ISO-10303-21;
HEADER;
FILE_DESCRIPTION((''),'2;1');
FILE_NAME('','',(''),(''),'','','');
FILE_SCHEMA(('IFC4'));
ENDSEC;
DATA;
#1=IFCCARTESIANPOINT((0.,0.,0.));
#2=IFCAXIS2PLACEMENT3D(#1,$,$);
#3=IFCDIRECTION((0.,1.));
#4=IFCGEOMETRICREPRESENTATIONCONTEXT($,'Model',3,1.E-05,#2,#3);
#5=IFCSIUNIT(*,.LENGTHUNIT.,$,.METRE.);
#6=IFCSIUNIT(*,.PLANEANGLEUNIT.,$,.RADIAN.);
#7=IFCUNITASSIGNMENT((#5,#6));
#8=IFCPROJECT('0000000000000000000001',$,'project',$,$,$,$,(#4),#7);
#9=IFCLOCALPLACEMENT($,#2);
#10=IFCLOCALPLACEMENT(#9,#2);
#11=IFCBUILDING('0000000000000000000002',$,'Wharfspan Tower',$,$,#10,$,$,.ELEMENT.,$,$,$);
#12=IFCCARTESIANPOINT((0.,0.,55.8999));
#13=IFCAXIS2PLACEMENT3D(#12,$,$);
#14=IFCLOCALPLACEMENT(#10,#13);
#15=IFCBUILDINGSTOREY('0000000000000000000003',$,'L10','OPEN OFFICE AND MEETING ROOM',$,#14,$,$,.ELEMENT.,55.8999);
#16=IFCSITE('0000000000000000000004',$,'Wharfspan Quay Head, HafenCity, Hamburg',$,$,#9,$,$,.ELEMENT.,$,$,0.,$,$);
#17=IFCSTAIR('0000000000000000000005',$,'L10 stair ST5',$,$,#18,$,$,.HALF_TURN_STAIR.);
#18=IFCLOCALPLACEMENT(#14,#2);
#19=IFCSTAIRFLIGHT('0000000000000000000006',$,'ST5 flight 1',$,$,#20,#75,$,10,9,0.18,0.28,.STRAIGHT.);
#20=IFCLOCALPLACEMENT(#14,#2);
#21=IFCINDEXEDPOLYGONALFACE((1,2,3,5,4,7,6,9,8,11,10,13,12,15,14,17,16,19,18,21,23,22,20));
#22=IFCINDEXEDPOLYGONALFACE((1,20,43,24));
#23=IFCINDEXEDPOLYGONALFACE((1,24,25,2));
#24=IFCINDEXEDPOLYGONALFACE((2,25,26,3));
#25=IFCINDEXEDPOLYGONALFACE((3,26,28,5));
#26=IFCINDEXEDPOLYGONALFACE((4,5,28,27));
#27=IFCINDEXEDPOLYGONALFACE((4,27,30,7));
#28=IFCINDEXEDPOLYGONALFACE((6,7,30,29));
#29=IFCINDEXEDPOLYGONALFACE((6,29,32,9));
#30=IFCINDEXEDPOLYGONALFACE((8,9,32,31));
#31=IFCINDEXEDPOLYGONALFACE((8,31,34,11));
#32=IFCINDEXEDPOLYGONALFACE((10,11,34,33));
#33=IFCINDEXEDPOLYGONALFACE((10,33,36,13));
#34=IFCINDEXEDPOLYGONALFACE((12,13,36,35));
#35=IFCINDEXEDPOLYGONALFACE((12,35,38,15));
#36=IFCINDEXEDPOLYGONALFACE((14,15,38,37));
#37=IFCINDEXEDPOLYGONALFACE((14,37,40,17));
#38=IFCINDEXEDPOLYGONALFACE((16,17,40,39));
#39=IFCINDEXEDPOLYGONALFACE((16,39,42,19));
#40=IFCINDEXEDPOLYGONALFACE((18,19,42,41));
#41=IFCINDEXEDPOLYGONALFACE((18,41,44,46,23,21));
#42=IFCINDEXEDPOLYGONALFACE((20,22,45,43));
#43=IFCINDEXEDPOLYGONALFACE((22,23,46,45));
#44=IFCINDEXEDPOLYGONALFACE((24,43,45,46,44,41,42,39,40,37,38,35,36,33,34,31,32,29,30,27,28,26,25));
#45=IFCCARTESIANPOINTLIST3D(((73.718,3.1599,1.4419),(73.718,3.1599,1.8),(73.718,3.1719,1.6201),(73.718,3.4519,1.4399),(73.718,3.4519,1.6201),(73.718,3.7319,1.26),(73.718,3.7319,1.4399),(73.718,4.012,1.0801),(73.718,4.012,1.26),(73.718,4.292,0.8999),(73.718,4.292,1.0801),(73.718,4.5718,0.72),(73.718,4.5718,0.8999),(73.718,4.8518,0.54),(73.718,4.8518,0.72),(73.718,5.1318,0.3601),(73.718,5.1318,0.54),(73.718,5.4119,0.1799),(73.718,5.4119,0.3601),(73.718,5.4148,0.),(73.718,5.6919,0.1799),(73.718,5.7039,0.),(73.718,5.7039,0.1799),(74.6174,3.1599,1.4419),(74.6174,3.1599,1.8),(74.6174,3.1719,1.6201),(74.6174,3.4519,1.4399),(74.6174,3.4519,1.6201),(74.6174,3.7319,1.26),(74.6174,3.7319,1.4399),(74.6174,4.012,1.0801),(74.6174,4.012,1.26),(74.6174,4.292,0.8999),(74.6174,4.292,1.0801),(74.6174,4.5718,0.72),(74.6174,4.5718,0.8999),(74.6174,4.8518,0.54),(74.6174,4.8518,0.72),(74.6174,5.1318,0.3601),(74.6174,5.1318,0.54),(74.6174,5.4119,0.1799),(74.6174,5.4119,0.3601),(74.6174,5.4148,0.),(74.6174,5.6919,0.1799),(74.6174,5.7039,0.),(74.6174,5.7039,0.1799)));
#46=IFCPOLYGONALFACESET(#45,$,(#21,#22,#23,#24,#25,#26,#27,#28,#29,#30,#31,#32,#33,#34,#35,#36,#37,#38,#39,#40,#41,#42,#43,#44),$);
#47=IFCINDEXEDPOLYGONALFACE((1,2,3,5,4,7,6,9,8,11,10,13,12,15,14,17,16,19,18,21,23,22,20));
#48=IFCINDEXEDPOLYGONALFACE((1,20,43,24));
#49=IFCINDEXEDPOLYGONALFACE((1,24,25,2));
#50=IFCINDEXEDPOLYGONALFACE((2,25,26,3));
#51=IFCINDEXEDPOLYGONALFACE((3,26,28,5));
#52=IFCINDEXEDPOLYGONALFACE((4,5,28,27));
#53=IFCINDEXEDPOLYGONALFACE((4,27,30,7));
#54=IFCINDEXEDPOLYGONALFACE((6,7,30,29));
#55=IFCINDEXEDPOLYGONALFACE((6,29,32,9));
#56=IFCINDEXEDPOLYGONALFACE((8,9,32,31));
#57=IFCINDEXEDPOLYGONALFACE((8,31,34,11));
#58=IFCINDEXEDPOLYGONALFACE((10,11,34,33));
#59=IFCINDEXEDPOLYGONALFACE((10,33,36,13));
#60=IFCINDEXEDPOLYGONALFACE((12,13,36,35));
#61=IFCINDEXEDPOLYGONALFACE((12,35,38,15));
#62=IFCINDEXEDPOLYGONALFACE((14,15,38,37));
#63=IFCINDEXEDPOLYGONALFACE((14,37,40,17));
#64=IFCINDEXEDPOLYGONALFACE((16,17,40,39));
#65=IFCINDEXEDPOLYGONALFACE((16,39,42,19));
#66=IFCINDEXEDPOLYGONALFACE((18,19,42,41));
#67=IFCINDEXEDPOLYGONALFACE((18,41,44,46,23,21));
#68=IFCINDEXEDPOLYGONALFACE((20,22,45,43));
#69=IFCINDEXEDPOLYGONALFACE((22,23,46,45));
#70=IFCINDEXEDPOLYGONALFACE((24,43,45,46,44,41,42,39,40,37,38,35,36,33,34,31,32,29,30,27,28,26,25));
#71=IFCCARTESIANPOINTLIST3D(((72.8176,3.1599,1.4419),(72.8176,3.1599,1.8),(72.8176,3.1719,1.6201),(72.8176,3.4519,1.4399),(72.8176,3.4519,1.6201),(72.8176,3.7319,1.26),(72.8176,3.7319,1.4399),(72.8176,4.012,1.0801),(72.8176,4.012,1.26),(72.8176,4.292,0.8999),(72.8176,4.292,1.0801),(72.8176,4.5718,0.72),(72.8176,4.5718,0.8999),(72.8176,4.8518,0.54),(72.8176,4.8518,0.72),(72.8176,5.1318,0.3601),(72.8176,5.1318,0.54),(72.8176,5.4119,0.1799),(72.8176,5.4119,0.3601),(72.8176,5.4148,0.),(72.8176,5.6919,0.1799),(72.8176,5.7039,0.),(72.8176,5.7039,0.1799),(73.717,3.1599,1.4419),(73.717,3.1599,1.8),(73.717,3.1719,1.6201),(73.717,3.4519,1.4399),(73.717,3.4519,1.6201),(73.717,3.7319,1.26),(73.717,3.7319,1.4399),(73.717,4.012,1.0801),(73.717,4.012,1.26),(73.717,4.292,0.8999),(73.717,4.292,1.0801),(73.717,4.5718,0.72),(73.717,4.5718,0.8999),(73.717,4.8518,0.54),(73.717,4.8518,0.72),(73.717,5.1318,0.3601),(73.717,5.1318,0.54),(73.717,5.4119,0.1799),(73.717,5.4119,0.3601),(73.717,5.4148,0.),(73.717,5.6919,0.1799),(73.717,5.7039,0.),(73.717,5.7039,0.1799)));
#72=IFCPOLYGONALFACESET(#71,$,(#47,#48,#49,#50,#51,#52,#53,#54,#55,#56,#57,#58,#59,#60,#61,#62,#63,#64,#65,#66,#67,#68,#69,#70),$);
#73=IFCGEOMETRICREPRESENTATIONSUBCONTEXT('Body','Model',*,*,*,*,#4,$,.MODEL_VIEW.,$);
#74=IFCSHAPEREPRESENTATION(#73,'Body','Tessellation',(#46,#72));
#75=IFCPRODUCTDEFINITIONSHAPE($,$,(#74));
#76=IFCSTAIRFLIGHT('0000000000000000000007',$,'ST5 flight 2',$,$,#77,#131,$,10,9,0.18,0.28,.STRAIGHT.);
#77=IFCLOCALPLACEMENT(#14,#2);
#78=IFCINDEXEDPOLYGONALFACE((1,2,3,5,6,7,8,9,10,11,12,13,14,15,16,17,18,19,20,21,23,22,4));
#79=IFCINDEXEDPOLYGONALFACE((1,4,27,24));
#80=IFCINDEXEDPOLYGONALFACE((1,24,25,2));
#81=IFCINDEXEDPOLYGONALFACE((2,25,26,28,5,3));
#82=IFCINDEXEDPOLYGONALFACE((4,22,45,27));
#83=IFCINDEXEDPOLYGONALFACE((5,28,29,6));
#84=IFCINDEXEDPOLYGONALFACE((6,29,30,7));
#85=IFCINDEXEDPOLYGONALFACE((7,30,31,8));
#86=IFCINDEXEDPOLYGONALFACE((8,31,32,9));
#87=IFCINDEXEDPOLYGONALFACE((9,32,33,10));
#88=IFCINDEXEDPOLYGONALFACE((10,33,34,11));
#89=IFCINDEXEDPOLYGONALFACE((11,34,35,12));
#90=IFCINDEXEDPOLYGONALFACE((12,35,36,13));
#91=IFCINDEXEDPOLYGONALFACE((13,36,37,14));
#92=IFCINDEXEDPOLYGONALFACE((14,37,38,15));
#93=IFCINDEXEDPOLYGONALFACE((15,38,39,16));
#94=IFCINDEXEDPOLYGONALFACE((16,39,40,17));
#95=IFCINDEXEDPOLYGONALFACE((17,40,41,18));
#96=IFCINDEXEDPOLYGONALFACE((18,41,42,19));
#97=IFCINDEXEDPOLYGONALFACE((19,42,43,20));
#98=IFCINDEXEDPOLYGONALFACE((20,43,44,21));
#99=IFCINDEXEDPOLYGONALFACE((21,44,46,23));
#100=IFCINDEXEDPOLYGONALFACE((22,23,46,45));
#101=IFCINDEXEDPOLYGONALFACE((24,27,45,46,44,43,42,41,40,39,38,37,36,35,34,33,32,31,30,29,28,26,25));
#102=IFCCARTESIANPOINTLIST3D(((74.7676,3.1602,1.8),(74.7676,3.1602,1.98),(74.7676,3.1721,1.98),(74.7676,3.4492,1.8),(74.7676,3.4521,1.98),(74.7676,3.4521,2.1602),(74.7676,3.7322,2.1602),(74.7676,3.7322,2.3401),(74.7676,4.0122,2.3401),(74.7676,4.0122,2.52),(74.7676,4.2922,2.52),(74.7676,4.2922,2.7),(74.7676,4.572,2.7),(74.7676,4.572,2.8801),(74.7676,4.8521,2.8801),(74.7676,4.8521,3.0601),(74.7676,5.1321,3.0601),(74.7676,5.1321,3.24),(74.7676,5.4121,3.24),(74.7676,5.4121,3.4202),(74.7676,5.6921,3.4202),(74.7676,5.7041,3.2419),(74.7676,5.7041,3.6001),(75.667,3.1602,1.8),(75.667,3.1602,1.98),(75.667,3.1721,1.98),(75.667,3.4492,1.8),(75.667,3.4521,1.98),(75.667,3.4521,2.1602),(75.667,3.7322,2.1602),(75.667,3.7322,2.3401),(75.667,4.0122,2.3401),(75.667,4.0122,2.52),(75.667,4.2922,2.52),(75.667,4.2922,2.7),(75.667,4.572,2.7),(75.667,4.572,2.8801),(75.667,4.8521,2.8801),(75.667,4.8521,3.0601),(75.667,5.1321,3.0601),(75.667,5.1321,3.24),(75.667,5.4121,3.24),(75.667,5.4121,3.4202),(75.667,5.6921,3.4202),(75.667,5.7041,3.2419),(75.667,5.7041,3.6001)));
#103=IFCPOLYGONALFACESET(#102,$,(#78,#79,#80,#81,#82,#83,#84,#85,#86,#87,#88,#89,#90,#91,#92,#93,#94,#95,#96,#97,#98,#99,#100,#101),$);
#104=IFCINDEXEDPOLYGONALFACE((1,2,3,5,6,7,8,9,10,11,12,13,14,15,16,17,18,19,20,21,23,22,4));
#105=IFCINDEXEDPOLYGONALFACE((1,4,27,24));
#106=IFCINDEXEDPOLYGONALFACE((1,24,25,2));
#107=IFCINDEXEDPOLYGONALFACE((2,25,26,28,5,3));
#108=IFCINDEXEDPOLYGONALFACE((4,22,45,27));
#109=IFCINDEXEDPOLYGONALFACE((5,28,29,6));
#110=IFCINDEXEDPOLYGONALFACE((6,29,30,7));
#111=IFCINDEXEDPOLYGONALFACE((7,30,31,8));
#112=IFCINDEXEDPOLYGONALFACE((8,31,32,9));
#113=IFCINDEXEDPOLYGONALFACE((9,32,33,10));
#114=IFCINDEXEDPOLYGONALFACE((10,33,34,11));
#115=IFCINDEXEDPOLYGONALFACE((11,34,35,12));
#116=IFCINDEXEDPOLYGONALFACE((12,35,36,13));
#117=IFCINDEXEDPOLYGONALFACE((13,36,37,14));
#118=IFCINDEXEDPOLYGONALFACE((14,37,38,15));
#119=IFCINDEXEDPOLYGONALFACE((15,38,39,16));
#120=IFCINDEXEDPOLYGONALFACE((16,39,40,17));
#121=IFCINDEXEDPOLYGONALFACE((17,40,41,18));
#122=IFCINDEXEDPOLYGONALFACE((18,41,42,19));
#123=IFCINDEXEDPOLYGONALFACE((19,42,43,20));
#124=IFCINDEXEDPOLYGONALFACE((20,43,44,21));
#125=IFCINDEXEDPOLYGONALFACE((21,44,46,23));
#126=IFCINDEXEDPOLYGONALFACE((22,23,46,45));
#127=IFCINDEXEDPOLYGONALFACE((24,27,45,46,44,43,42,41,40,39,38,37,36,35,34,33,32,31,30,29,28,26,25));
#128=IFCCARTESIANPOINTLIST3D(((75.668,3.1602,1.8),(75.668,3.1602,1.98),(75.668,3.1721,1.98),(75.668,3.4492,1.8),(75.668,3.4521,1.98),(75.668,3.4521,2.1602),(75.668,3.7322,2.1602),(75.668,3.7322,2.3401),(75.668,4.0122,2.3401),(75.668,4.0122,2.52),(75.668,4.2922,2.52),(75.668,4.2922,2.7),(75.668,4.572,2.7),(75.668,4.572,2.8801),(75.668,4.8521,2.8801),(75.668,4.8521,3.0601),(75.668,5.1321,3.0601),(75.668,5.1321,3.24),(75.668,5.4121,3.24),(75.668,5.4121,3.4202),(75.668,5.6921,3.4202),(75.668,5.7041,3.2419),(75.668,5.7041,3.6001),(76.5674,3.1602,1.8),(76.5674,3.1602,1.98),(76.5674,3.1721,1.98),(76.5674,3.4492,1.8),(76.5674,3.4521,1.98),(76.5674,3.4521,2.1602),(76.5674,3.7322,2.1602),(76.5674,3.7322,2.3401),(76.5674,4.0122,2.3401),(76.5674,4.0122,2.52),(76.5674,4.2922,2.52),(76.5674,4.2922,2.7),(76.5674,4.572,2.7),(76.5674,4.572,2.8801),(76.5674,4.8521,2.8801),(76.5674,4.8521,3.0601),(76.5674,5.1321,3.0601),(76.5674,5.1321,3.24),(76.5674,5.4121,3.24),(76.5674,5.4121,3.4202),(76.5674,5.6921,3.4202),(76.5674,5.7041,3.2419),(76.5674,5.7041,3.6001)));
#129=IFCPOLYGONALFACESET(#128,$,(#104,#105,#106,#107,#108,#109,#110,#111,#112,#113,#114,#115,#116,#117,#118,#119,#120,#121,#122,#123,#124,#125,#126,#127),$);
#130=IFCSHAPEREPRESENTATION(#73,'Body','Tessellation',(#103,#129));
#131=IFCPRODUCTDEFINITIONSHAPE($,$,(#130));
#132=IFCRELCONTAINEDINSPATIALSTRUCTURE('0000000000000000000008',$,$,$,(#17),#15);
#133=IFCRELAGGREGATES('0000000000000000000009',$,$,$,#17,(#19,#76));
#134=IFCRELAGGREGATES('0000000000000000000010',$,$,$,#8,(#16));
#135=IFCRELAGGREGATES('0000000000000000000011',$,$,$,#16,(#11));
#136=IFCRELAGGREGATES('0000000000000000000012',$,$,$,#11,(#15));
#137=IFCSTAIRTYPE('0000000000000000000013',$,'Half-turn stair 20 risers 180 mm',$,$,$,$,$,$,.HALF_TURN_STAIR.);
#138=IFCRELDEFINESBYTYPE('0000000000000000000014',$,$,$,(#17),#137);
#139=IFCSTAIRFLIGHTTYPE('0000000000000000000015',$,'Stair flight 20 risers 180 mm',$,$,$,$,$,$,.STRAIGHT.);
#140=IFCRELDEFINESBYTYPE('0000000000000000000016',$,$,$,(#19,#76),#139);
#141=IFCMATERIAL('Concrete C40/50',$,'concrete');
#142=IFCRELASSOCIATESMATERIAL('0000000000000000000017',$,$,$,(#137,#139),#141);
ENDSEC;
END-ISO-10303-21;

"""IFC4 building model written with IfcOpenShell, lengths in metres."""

from ifc_helpers import new_model, si_unit, direction, frame, origin, place, context, subcontext, project, spatial, polyline, outline, extrude, material, type_object, element, aggregate, save


model = new_model("IFC4")

# Units and contexts
model_context = context("Model", 3, precision=1e-05, world=origin(), true_north=direction((0.0, 1.0)))
body_context = subcontext(model_context, "Body", "Model", "MODEL_VIEW")
ifc_project = project(units=[si_unit("LENGTHUNIT", "METRE"), si_unit("PLANEANGLEUNIT", "RADIAN")], contexts=[model_context])

# Site, building, storey
site_placement = place(None, origin())
site = spatial("IfcSite", under=ifc_project, at=site_placement, Name="Wharfspan Quay Head, HafenCity, Hamburg", CompositionType="ELEMENT", RefElevation=0.0)
building_placement = place(site_placement, origin())
building = spatial("IfcBuilding", under=site, at=building_placement, Name="Wharfspan Tower", CompositionType="ELEMENT")
storey_placement = place(building_placement, frame((0.0, 0.0, 55.8999)))
storey = spatial("IfcBuildingStorey", under=building, at=storey_placement, Name="L10", Description="OPEN OFFICE AND MEETING ROOM", CompositionType="ELEMENT", Elevation=55.8999)

# Shared definitions
ifc_material_1 = material(Name="Concrete C40/50", Category="concrete")

# Stair, stair flights
stair_type = type_object("IfcStairType", Name="Half-turn stair 20 risers 180 mm", PredefinedType="HALF_TURN_STAIR", material=ifc_material_1)
stair_placement = place(storey_placement, origin())
stair = element("IfcStair", 1, at=stair_placement, inside=storey, type_object=stair_type, Name="L10 stair ST5", PredefinedType="HALF_TURN_STAIR")
stair_flight_type = type_object("IfcStairFlightType", Name="Stair flight 20 risers 180 mm", PredefinedType="STRAIGHT", material=ifc_material_1)
stair_flight_1_placement = place(storey_placement, frame((73.7175, 5.6919, 0.0), z_axis=(0.0, 0.0, 1.0), x_axis=(0.0, -1.0, 0.0)))
stair_flight_1 = element("IfcStairFlight", 2, at=stair_flight_1_placement, type_object=stair_flight_type, Name="ST5 flight 1", NumberOfRisers=10, NumberOfTreads=9, PredefinedType="STRAIGHT", RiserHeight=0.18, TreadLength=0.28, context=body_context, shape_type="SweptSolid", body=[
    extrude(outline(polyline([(-0.012, 0.0), (-0.012, 0.1799), (0.0, 0.1799), (0.28, 0.1799), (0.28, 0.3601), (0.5601, 0.3601), (0.5601, 0.54), (0.8401, 0.54), (0.8401, 0.72), (1.1201, 0.72), (1.1201, 0.8999), (1.3999, 0.8999), (1.3999, 1.0801), (1.6799, 1.0801), (1.6799, 1.26), (1.96, 1.26), (1.96, 1.4399), (2.24, 1.4399), (2.24, 1.6201), (2.52, 1.6201), (2.532, 1.8), (2.532, 1.4419), (0.2771, 0.0), (-0.012, 0.0)])), frame((0.0, 0.8999, 0.0), z_axis=(0.0, -1.0, 0.0), x_axis=(1.0, 0.0, 0.0)), (0.0, 0.0, 1.0), 0.8994),
    extrude(outline(polyline([(-0.012, 0.0), (-0.012, 0.1799), (0.0, 0.1799), (0.28, 0.1799), (0.28, 0.3601), (0.5601, 0.3601), (0.5601, 0.54), (0.8401, 0.54), (0.8401, 0.72), (1.1201, 0.72), (1.1201, 0.8999), (1.3999, 0.8999), (1.3999, 1.0801), (1.6799, 1.0801), (1.6799, 1.26), (1.96, 1.26), (1.96, 1.4399), (2.24, 1.4399), (2.24, 1.6201), (2.52, 1.6201), (2.532, 1.8), (2.532, 1.4419), (0.2771, 0.0), (-0.012, 0.0)])), frame((0.0, -0.0005, 0.0), z_axis=(0.0, -1.0, 0.0), x_axis=(1.0, 0.0, 0.0)), (0.0, 0.0, 1.0), 0.8994),
])
stair_flight_2_placement = place(storey_placement, frame((75.6675, 3.1721, 1.8), z_axis=(0.0, 0.0, 1.0), x_axis=(0.0, 1.0, 0.0)))
stair_flight_2 = element("IfcStairFlight", 3, at=stair_flight_2_placement, type_object=stair_flight_type, Name="ST5 flight 2", NumberOfRisers=10, NumberOfTreads=9, PredefinedType="STRAIGHT", RiserHeight=0.18, TreadLength=0.28, context=body_context, shape_type="SweptSolid", body=[
    extrude(outline(polyline([(-0.012, 0.0), (-0.012, 0.1799), (0.0, 0.1799), (0.28, 0.1799), (0.28, 0.3601), (0.5601, 0.3601), (0.5601, 0.54), (0.8401, 0.54), (0.8401, 0.72), (1.1201, 0.72), (1.1201, 0.8999), (1.3999, 0.8999), (1.3999, 1.0801), (1.6799, 1.0801), (1.6799, 1.26), (1.96, 1.26), (1.96, 1.4399), (2.24, 1.4399), (2.24, 1.6201), (2.52, 1.6201), (2.532, 1.8), (2.532, 1.4419), (0.2771, 0.0), (-0.012, 0.0)])), frame((0.0, 0.8999, 0.0), z_axis=(0.0, -1.0, 0.0), x_axis=(1.0, 0.0, 0.0)), (0.0, 0.0, 1.0), 0.8994),
    extrude(outline(polyline([(-0.012, 0.0), (-0.012, 0.1799), (0.0, 0.1799), (0.28, 0.1799), (0.28, 0.3601), (0.5601, 0.3601), (0.5601, 0.54), (0.8401, 0.54), (0.8401, 0.72), (1.1201, 0.72), (1.1201, 0.8999), (1.3999, 0.8999), (1.3999, 1.0801), (1.6799, 1.0801), (1.6799, 1.26), (1.96, 1.26), (1.96, 1.4399), (2.24, 1.4399), (2.24, 1.6201), (2.52, 1.6201), (2.532, 1.8), (2.532, 1.4419), (0.2771, 0.0), (-0.012, 0.0)])), frame((0.0, -0.0005, 0.0), z_axis=(0.0, -1.0, 0.0), x_axis=(1.0, 0.0, 0.0)), (0.0, 0.0, 1.0), 0.8994),
])
aggregate(stair, [stair_flight_1, stair_flight_2])

save(model, "model.ifc")
